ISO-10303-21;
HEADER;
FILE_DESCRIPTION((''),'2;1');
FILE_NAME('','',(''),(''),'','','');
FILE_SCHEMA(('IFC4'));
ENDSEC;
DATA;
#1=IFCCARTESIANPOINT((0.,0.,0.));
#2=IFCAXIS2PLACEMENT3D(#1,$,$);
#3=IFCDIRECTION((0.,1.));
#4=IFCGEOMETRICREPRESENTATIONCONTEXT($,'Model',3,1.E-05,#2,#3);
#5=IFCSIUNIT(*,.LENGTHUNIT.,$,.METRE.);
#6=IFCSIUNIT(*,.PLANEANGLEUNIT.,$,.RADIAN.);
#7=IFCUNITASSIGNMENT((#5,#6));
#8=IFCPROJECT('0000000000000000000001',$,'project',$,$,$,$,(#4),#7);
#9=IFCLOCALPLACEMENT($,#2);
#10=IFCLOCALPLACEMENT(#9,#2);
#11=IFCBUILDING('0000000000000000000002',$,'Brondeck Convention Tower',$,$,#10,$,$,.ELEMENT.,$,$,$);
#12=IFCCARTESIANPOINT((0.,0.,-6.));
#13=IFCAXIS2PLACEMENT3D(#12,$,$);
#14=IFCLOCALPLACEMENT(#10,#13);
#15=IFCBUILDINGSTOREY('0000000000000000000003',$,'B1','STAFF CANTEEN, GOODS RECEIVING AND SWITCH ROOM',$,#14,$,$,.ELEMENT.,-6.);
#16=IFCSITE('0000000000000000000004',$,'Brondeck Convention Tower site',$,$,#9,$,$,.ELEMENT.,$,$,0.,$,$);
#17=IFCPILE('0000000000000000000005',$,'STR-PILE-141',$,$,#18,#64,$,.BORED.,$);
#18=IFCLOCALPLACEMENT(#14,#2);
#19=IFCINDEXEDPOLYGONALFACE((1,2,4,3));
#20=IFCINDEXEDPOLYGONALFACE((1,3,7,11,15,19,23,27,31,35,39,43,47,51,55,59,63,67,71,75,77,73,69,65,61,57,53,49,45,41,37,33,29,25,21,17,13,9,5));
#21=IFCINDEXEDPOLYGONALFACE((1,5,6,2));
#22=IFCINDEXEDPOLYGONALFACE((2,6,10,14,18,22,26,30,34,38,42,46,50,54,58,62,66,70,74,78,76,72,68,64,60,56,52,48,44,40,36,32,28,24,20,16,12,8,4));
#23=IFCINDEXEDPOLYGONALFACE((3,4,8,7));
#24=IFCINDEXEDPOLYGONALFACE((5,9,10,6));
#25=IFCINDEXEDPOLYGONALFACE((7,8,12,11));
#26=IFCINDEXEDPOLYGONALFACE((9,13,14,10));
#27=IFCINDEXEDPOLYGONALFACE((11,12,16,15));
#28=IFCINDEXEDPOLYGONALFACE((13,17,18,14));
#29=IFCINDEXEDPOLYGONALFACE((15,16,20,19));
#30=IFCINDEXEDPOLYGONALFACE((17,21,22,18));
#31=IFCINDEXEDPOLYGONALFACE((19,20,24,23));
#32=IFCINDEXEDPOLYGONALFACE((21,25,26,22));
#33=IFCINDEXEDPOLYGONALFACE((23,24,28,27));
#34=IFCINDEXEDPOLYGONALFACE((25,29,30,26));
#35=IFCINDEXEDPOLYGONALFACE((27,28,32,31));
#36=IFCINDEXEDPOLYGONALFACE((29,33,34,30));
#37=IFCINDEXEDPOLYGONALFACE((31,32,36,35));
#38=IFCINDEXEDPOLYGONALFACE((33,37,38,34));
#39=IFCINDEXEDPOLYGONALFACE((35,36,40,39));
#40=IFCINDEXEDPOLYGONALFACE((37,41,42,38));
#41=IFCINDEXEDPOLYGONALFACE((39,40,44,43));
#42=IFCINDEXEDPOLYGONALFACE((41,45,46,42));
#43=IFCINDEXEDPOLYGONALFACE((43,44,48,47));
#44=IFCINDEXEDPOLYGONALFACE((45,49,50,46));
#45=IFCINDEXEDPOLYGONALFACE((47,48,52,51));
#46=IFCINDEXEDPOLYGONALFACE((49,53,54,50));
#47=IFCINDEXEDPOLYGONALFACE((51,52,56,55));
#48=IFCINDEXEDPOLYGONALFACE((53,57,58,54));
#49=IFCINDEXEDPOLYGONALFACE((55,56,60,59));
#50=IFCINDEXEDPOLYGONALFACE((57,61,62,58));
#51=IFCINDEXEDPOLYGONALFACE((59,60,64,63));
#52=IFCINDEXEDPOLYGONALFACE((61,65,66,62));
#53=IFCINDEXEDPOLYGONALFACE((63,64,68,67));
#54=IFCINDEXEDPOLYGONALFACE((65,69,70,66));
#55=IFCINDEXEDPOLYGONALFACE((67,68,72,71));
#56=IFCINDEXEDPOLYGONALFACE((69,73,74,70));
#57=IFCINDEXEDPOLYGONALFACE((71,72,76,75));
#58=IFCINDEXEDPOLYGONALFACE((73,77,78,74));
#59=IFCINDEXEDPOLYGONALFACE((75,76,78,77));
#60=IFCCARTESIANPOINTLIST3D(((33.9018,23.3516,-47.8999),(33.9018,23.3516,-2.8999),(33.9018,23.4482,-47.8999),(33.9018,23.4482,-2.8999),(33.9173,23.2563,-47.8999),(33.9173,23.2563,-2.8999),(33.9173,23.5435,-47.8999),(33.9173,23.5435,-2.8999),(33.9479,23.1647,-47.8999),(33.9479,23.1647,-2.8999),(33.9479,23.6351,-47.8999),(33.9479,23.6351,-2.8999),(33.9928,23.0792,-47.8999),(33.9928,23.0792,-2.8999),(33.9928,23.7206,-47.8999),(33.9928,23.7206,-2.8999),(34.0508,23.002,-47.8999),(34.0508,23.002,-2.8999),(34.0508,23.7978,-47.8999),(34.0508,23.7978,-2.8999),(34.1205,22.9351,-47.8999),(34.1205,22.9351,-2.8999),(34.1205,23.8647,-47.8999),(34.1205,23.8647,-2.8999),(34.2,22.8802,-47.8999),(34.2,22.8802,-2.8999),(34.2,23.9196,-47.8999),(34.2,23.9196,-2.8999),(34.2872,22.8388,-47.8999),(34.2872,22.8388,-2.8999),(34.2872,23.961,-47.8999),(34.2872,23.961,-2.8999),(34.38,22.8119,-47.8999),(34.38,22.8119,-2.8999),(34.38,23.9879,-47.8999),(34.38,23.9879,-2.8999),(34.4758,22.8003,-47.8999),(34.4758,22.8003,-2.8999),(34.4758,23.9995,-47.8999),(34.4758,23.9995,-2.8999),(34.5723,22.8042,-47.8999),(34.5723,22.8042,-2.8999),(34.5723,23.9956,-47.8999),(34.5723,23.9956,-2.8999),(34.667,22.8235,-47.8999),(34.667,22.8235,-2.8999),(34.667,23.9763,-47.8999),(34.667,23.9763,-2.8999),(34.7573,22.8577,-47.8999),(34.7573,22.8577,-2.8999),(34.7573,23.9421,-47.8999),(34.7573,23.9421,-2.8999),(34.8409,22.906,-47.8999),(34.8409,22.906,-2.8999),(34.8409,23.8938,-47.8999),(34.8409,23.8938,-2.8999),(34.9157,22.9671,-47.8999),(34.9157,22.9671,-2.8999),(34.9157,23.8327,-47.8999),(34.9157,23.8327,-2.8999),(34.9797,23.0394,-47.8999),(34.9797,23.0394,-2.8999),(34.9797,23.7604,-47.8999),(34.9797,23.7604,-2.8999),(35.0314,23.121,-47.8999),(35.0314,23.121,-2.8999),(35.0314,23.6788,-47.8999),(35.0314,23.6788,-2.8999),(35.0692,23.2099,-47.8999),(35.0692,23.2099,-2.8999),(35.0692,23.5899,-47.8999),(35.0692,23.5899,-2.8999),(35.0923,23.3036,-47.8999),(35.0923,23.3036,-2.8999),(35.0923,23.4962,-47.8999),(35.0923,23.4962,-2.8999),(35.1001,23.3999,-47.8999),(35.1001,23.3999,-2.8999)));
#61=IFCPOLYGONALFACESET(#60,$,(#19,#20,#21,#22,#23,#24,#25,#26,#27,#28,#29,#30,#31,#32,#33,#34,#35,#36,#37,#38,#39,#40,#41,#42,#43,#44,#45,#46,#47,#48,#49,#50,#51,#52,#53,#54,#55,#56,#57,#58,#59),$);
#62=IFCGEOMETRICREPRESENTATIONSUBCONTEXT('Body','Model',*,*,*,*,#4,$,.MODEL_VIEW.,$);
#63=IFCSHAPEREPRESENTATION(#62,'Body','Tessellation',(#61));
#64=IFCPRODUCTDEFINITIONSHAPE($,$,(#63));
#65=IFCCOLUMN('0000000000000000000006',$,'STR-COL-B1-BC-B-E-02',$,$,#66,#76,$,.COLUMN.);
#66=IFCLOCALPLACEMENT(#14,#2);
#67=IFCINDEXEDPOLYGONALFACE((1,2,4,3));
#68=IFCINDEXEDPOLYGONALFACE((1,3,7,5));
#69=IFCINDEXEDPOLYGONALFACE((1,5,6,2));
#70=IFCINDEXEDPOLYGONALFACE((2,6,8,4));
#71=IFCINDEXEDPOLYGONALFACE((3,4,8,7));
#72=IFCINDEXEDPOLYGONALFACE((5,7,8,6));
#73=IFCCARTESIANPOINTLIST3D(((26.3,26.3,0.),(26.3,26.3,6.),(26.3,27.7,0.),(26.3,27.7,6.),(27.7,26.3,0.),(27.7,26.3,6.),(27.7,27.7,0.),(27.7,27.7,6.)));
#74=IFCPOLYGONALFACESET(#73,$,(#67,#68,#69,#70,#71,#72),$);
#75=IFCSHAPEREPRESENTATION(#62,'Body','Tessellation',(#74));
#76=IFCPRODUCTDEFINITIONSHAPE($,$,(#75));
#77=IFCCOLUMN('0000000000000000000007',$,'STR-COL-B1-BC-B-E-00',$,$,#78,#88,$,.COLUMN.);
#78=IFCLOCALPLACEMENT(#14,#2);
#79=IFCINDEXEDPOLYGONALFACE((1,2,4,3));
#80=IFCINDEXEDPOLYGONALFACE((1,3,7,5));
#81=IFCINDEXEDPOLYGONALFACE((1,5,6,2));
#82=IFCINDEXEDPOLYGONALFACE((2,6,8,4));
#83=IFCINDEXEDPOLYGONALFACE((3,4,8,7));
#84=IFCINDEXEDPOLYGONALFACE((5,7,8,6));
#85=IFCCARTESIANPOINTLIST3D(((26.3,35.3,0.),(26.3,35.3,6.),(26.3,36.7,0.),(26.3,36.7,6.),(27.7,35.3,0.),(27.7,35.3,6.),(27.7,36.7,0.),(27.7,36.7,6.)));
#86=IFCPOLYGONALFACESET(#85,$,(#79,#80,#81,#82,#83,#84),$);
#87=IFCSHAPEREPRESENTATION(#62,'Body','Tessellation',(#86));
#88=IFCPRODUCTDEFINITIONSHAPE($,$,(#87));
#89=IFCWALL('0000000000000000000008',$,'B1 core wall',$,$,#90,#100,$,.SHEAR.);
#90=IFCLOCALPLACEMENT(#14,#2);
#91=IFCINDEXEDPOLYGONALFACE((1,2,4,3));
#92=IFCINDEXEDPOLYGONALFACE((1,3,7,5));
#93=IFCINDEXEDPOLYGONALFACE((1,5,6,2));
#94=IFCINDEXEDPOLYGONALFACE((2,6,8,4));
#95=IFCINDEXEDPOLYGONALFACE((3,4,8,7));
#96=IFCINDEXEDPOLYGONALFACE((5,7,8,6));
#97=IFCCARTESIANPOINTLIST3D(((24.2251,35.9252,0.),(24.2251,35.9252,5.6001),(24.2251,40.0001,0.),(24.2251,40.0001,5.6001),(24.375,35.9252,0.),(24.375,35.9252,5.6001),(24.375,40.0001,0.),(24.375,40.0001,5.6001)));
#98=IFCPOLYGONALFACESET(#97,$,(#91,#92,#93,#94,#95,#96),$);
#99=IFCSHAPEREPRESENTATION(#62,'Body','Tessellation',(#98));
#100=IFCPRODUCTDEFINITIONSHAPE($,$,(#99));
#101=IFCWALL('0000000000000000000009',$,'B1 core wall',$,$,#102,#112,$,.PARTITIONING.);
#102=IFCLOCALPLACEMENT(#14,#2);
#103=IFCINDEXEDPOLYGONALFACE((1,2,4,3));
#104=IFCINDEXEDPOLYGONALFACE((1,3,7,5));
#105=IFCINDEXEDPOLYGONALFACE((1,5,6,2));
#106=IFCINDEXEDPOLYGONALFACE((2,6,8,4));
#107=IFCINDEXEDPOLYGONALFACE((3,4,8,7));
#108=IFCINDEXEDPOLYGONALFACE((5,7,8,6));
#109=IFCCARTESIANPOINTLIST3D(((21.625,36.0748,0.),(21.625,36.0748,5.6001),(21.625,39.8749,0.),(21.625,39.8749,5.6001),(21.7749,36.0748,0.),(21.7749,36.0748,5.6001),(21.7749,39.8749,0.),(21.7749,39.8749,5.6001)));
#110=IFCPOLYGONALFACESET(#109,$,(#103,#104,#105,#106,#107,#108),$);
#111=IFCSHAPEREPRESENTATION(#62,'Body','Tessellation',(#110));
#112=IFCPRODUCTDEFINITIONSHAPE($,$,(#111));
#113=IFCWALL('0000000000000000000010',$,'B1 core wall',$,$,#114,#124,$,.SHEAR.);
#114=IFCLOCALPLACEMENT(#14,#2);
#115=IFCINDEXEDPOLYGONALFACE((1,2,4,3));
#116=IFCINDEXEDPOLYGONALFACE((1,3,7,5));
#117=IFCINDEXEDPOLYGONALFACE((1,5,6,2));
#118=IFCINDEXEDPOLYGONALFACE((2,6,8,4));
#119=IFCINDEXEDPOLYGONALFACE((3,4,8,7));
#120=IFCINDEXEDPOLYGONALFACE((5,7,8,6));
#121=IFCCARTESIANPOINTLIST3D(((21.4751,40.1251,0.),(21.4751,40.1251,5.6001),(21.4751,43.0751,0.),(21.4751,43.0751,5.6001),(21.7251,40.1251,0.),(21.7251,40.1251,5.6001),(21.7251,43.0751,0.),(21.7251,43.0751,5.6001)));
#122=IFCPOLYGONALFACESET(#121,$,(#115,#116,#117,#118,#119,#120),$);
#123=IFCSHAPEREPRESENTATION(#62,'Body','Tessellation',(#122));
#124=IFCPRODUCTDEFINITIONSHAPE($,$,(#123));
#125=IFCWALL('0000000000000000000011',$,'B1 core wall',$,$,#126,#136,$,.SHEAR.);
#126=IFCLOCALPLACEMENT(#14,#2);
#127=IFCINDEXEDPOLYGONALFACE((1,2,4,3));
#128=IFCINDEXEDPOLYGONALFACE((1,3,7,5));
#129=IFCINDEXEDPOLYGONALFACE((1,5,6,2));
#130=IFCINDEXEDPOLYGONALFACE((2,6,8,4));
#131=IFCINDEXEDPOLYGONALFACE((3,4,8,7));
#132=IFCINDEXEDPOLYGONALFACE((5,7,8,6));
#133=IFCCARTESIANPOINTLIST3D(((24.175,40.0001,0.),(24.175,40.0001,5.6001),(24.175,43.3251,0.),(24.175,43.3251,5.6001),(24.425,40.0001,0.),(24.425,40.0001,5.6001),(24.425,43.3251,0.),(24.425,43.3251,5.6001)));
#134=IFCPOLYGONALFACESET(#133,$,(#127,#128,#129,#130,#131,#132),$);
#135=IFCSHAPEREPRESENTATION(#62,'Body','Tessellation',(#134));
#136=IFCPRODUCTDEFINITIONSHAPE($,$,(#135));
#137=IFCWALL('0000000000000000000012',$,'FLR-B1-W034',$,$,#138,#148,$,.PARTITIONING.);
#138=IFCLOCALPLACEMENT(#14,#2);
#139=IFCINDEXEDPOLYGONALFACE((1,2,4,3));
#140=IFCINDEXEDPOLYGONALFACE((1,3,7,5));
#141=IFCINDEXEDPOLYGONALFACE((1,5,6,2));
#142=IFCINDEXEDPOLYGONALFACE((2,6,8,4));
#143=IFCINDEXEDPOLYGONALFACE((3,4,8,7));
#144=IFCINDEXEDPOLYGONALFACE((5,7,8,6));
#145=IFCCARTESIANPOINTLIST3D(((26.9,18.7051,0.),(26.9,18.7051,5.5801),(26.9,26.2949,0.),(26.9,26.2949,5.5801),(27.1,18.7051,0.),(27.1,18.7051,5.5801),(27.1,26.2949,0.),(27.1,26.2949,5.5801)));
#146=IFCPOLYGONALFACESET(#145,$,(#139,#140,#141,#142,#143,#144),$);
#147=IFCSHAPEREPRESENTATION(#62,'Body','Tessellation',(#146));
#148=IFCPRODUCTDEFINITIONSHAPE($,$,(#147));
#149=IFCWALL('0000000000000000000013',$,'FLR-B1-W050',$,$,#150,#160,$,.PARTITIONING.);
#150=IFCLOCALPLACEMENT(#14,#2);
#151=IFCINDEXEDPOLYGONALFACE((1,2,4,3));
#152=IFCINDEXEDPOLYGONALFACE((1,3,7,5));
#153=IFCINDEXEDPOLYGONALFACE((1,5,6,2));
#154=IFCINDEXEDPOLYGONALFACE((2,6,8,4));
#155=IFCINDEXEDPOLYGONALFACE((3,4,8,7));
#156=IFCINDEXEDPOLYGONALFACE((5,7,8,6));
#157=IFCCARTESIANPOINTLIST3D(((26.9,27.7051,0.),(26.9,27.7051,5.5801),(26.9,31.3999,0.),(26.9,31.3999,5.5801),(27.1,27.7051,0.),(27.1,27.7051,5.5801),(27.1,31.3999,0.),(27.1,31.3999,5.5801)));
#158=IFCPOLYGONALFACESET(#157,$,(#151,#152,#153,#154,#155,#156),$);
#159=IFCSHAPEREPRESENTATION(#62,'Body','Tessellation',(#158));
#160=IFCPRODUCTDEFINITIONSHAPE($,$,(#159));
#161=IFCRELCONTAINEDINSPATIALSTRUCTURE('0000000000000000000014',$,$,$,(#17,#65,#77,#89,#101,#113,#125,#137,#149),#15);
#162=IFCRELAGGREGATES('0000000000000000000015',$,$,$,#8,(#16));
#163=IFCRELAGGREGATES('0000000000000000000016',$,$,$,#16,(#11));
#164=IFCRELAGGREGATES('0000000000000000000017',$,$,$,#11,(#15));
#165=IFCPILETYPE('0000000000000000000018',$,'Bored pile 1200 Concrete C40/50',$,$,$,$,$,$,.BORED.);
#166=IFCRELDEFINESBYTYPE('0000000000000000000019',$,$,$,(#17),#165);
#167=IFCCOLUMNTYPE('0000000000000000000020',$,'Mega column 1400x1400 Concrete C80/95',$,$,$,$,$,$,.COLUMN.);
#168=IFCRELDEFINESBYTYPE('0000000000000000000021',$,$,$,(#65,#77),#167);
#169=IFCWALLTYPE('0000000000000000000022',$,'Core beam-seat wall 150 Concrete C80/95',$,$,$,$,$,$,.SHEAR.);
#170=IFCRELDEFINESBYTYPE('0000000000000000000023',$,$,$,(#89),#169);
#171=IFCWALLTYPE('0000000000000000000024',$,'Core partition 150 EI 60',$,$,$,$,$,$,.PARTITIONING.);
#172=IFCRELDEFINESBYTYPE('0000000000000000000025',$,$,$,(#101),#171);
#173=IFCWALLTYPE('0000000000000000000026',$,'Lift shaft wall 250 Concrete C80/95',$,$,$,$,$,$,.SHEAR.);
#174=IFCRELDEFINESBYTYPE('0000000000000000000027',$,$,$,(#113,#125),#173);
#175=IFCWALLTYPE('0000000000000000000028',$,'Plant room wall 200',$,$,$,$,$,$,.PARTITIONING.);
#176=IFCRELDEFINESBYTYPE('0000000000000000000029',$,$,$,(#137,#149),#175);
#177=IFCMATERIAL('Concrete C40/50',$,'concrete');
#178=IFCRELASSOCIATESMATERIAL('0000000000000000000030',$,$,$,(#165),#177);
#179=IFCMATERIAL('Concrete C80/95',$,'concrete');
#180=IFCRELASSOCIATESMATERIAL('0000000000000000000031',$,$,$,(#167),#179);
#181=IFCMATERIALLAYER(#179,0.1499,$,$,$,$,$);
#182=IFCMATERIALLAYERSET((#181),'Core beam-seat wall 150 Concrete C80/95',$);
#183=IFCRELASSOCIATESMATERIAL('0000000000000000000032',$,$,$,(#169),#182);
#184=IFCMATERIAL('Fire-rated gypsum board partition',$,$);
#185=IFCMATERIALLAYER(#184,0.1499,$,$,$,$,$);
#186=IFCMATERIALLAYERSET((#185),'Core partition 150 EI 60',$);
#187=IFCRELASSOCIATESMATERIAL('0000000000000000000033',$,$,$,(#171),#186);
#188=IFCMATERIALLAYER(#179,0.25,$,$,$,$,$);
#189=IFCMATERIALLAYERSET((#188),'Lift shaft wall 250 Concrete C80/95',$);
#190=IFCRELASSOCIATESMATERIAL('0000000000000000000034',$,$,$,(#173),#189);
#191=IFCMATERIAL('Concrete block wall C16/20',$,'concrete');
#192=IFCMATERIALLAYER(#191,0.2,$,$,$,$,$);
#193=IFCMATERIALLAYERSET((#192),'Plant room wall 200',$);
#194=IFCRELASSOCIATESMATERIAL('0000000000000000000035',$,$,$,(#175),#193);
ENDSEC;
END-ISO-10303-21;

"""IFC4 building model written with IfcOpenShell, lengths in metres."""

from ifc_helpers import new_model, si_unit, direction, frame, frame_2d, origin, origin_2d, place, context, subcontext, project, spatial, rectangle, circle, extrude, material, layer, layer_set, material_profile, profile_set, type_object, element, save


model = new_model("IFC4")

# Units and contexts
model_context = context("Model", 3, precision=1e-05, world=origin(), true_north=direction((0.0, 1.0)))
body_context = subcontext(model_context, "Body", "Model", "MODEL_VIEW")
ifc_project = project(units=[si_unit("LENGTHUNIT", "METRE"), si_unit("PLANEANGLEUNIT", "RADIAN")], contexts=[model_context])

# Site, building, storey
site_placement = place(None, origin())
site = spatial("IfcSite", under=ifc_project, at=site_placement, Name="Brondeck Convention Tower site", CompositionType="ELEMENT", RefElevation=0.0)
building_placement = place(site_placement, origin())
building = spatial("IfcBuilding", under=site, at=building_placement, Name="Brondeck Convention Tower", CompositionType="ELEMENT")
storey_placement = place(building_placement, frame((0.0, 0.0, -6.0)))
storey = spatial("IfcBuildingStorey", under=building, at=storey_placement, Name="B1", Description="STAFF CANTEEN, GOODS RECEIVING AND SWITCH ROOM", CompositionType="ELEMENT", Elevation=-6.0)

# Pile
ifc_material_1 = material(Name="Concrete C40/50", Category="concrete")
ifc_material_profile_1 = material_profile(ifc_material_1, circle(Radius=0.6001, at=origin_2d()), Name="Bored pile 1200 Concrete C40/50")
ifc_profile_set_1 = profile_set([ifc_material_profile_1], Name="Concrete C40/50")
pile_type = type_object("IfcPileType", Name="Bored pile 1200 Concrete C40/50", PredefinedType="BORED", material=ifc_profile_set_1)
for number, where, z_axis, x_axis, name in (
    (1, (34.5, 23.3999, -2.8999), (0.0, 0.0, -1.0), (1.0, 0.0, 0.0), "STR-PILE-141"),
):
    element("IfcPile", number, at=place(storey_placement, frame(where, z_axis=z_axis, x_axis=x_axis)), inside=storey, type_object=pile_type, Name=name, PredefinedType="BORED", context=body_context, shape_type="SweptSolid", body=[
        extrude(circle(Radius=0.6001, at=origin_2d()), origin(), (0.0, 0.0, 1.0), 45.0),
    ])

# Columns
ifc_material_2 = material(Name="Concrete C80/95", Category="concrete")
ifc_material_profile_2 = material_profile(ifc_material_2, rectangle(XDim=1.3999, YDim=1.3999, at=origin_2d()), Name="Mega column 1400x1400 Concrete C80/95")
ifc_profile_set_2 = profile_set([ifc_material_profile_2], Name="Concrete C80/95")
column_type = type_object("IfcColumnType", Name="Mega column 1400x1400 Concrete C80/95", PredefinedType="COLUMN", material=ifc_profile_set_2)
for number, where, z_axis, x_axis, name in (
    (2, (27.0, 27.0, 0.0), (0.0, 0.0, 1.0), (1.0, 0.0, 0.0), "STR-COL-B1-BC-B-E-02"),
    (3, (27.0, 36.0, 0.0), (0.0, 0.0, 1.0), (1.0, 0.0, 0.0), "STR-COL-B1-BC-B-E-00"),
):
    element("IfcColumn", number, at=place(storey_placement, frame(where, z_axis=z_axis, x_axis=x_axis)), inside=storey, type_object=column_type, Name=name, PredefinedType="COLUMN", context=body_context, shape_type="SweptSolid", body=[
        extrude(rectangle(XDim=1.3999, YDim=1.3999, at=origin_2d()), origin(), (0.0, 0.0, 1.0), 6.0),
    ])

# Walls
ifc_layer_1 = layer(ifc_material_2, 0.1499)
ifc_layer_set_1 = layer_set([ifc_layer_1], Name="Core beam-seat wall 150 Concrete C80/95")
wall_type_1 = type_object("IfcWallType", Name="Core beam-seat wall 150 Concrete C80/95", PredefinedType="SHEAR", material=ifc_layer_set_1)
wall_1_placement = place(storey_placement, frame((24.3, 35.925, 0.0), z_axis=(0.0, 0.0, 1.0), x_axis=(0.0, 1.0, 0.0)))
element("IfcWall", 4, at=wall_1_placement, inside=storey, type_object=wall_type_1, Name="B1 core wall", PredefinedType="SHEAR", context=body_context, shape_type="SweptSolid", body=[
    extrude(rectangle(XDim=4.075, YDim=0.1499, at=frame_2d((2.0376, 0.0))), origin(), (0.0, 0.0, 1.0), 5.6001),
])
ifc_material_3 = material(Name="Fire-rated gypsum board partition")
ifc_layer_2 = layer(ifc_material_3, 0.1499)
ifc_layer_set_2 = layer_set([ifc_layer_2], Name="Core partition 150 EI 60")
wall_type_2 = type_object("IfcWallType", Name="Core partition 150 EI 60", PredefinedType="PARTITIONING", material=ifc_layer_set_2)
wall_2_placement = place(storey_placement, frame((21.7, 36.075, 0.0), z_axis=(0.0, 0.0, 1.0), x_axis=(0.0, 1.0, 0.0)))
element("IfcWall", 5, at=wall_2_placement, inside=storey, type_object=wall_type_2, Name="B1 core wall", PredefinedType="PARTITIONING", context=body_context, shape_type="SweptSolid", body=[
    extrude(rectangle(XDim=3.8, YDim=0.1499, at=frame_2d((1.8999, 0.0))), origin(), (0.0, 0.0, 1.0), 5.6001),
])
ifc_layer_3 = layer(ifc_material_2, 0.25)
ifc_layer_set_3 = layer_set([ifc_layer_3], Name="Lift shaft wall 250 Concrete C80/95")
wall_type_3 = type_object("IfcWallType", Name="Lift shaft wall 250 Concrete C80/95", PredefinedType="SHEAR", material=ifc_layer_set_3)
wall_3_placement = place(storey_placement, frame((21.6001, 40.125, 0.0), z_axis=(0.0, 0.0, 1.0), x_axis=(0.0, 1.0, 0.0)))
element("IfcWall", 6, at=wall_3_placement, inside=storey, type_object=wall_type_3, Name="B1 core wall", PredefinedType="SHEAR", context=body_context, shape_type="SweptSolid", body=[
    extrude(rectangle(XDim=2.95, YDim=0.25, at=frame_2d((1.4751, 0.0))), origin(), (0.0, 0.0, 1.0), 5.6001),
])
wall_4_placement = place(storey_placement, frame((24.3, 40.0, 0.0), z_axis=(0.0, 0.0, 1.0), x_axis=(0.0, 1.0, 0.0)))
element("IfcWall", 7, at=wall_4_placement, inside=storey, type_object=wall_type_3, Name="B1 core wall", PredefinedType="SHEAR", context=body_context, shape_type="SweptSolid", body=[
    extrude(rectangle(XDim=3.325, YDim=0.25, at=frame_2d((1.6626, 0.0))), origin(), (0.0, 0.0, 1.0), 5.6001),
])
ifc_material_4 = material(Name="Concrete block wall C16/20", Category="concrete")
ifc_layer_4 = layer(ifc_material_4, 0.2)
ifc_layer_set_4 = layer_set([ifc_layer_4], Name="Plant room wall 200")
wall_type_4 = type_object("IfcWallType", Name="Plant room wall 200", PredefinedType="PARTITIONING", material=ifc_layer_set_4)
wall_5_placement = place(storey_placement, frame((27.0, 26.2949, 0.0), z_axis=(0.0, 0.0, 1.0), x_axis=(0.0, -1.0, 0.0)))
element("IfcWall", 8, at=wall_5_placement, inside=storey, type_object=wall_type_4, Name="FLR-B1-W034", PredefinedType="PARTITIONING", context=body_context, shape_type="SweptSolid", body=[
    extrude(rectangle(XDim=7.5898, YDim=0.2, at=frame_2d((3.7949, 0.0))), origin(), (0.0, 0.0, 1.0), 5.5801),
])
wall_6_placement = place(storey_placement, frame((27.0, 27.7051, 0.0), z_axis=(0.0, 0.0, 1.0), x_axis=(0.0, 1.0, 0.0)))
element("IfcWall", 9, at=wall_6_placement, inside=storey, type_object=wall_type_4, Name="FLR-B1-W050", PredefinedType="PARTITIONING", context=body_context, shape_type="SweptSolid", body=[
    extrude(rectangle(XDim=3.6948, YDim=0.2, at=frame_2d((1.8474, 0.0))), origin(), (0.0, 0.0, 1.0), 5.5801),
])

save(model, "model.ifc")
